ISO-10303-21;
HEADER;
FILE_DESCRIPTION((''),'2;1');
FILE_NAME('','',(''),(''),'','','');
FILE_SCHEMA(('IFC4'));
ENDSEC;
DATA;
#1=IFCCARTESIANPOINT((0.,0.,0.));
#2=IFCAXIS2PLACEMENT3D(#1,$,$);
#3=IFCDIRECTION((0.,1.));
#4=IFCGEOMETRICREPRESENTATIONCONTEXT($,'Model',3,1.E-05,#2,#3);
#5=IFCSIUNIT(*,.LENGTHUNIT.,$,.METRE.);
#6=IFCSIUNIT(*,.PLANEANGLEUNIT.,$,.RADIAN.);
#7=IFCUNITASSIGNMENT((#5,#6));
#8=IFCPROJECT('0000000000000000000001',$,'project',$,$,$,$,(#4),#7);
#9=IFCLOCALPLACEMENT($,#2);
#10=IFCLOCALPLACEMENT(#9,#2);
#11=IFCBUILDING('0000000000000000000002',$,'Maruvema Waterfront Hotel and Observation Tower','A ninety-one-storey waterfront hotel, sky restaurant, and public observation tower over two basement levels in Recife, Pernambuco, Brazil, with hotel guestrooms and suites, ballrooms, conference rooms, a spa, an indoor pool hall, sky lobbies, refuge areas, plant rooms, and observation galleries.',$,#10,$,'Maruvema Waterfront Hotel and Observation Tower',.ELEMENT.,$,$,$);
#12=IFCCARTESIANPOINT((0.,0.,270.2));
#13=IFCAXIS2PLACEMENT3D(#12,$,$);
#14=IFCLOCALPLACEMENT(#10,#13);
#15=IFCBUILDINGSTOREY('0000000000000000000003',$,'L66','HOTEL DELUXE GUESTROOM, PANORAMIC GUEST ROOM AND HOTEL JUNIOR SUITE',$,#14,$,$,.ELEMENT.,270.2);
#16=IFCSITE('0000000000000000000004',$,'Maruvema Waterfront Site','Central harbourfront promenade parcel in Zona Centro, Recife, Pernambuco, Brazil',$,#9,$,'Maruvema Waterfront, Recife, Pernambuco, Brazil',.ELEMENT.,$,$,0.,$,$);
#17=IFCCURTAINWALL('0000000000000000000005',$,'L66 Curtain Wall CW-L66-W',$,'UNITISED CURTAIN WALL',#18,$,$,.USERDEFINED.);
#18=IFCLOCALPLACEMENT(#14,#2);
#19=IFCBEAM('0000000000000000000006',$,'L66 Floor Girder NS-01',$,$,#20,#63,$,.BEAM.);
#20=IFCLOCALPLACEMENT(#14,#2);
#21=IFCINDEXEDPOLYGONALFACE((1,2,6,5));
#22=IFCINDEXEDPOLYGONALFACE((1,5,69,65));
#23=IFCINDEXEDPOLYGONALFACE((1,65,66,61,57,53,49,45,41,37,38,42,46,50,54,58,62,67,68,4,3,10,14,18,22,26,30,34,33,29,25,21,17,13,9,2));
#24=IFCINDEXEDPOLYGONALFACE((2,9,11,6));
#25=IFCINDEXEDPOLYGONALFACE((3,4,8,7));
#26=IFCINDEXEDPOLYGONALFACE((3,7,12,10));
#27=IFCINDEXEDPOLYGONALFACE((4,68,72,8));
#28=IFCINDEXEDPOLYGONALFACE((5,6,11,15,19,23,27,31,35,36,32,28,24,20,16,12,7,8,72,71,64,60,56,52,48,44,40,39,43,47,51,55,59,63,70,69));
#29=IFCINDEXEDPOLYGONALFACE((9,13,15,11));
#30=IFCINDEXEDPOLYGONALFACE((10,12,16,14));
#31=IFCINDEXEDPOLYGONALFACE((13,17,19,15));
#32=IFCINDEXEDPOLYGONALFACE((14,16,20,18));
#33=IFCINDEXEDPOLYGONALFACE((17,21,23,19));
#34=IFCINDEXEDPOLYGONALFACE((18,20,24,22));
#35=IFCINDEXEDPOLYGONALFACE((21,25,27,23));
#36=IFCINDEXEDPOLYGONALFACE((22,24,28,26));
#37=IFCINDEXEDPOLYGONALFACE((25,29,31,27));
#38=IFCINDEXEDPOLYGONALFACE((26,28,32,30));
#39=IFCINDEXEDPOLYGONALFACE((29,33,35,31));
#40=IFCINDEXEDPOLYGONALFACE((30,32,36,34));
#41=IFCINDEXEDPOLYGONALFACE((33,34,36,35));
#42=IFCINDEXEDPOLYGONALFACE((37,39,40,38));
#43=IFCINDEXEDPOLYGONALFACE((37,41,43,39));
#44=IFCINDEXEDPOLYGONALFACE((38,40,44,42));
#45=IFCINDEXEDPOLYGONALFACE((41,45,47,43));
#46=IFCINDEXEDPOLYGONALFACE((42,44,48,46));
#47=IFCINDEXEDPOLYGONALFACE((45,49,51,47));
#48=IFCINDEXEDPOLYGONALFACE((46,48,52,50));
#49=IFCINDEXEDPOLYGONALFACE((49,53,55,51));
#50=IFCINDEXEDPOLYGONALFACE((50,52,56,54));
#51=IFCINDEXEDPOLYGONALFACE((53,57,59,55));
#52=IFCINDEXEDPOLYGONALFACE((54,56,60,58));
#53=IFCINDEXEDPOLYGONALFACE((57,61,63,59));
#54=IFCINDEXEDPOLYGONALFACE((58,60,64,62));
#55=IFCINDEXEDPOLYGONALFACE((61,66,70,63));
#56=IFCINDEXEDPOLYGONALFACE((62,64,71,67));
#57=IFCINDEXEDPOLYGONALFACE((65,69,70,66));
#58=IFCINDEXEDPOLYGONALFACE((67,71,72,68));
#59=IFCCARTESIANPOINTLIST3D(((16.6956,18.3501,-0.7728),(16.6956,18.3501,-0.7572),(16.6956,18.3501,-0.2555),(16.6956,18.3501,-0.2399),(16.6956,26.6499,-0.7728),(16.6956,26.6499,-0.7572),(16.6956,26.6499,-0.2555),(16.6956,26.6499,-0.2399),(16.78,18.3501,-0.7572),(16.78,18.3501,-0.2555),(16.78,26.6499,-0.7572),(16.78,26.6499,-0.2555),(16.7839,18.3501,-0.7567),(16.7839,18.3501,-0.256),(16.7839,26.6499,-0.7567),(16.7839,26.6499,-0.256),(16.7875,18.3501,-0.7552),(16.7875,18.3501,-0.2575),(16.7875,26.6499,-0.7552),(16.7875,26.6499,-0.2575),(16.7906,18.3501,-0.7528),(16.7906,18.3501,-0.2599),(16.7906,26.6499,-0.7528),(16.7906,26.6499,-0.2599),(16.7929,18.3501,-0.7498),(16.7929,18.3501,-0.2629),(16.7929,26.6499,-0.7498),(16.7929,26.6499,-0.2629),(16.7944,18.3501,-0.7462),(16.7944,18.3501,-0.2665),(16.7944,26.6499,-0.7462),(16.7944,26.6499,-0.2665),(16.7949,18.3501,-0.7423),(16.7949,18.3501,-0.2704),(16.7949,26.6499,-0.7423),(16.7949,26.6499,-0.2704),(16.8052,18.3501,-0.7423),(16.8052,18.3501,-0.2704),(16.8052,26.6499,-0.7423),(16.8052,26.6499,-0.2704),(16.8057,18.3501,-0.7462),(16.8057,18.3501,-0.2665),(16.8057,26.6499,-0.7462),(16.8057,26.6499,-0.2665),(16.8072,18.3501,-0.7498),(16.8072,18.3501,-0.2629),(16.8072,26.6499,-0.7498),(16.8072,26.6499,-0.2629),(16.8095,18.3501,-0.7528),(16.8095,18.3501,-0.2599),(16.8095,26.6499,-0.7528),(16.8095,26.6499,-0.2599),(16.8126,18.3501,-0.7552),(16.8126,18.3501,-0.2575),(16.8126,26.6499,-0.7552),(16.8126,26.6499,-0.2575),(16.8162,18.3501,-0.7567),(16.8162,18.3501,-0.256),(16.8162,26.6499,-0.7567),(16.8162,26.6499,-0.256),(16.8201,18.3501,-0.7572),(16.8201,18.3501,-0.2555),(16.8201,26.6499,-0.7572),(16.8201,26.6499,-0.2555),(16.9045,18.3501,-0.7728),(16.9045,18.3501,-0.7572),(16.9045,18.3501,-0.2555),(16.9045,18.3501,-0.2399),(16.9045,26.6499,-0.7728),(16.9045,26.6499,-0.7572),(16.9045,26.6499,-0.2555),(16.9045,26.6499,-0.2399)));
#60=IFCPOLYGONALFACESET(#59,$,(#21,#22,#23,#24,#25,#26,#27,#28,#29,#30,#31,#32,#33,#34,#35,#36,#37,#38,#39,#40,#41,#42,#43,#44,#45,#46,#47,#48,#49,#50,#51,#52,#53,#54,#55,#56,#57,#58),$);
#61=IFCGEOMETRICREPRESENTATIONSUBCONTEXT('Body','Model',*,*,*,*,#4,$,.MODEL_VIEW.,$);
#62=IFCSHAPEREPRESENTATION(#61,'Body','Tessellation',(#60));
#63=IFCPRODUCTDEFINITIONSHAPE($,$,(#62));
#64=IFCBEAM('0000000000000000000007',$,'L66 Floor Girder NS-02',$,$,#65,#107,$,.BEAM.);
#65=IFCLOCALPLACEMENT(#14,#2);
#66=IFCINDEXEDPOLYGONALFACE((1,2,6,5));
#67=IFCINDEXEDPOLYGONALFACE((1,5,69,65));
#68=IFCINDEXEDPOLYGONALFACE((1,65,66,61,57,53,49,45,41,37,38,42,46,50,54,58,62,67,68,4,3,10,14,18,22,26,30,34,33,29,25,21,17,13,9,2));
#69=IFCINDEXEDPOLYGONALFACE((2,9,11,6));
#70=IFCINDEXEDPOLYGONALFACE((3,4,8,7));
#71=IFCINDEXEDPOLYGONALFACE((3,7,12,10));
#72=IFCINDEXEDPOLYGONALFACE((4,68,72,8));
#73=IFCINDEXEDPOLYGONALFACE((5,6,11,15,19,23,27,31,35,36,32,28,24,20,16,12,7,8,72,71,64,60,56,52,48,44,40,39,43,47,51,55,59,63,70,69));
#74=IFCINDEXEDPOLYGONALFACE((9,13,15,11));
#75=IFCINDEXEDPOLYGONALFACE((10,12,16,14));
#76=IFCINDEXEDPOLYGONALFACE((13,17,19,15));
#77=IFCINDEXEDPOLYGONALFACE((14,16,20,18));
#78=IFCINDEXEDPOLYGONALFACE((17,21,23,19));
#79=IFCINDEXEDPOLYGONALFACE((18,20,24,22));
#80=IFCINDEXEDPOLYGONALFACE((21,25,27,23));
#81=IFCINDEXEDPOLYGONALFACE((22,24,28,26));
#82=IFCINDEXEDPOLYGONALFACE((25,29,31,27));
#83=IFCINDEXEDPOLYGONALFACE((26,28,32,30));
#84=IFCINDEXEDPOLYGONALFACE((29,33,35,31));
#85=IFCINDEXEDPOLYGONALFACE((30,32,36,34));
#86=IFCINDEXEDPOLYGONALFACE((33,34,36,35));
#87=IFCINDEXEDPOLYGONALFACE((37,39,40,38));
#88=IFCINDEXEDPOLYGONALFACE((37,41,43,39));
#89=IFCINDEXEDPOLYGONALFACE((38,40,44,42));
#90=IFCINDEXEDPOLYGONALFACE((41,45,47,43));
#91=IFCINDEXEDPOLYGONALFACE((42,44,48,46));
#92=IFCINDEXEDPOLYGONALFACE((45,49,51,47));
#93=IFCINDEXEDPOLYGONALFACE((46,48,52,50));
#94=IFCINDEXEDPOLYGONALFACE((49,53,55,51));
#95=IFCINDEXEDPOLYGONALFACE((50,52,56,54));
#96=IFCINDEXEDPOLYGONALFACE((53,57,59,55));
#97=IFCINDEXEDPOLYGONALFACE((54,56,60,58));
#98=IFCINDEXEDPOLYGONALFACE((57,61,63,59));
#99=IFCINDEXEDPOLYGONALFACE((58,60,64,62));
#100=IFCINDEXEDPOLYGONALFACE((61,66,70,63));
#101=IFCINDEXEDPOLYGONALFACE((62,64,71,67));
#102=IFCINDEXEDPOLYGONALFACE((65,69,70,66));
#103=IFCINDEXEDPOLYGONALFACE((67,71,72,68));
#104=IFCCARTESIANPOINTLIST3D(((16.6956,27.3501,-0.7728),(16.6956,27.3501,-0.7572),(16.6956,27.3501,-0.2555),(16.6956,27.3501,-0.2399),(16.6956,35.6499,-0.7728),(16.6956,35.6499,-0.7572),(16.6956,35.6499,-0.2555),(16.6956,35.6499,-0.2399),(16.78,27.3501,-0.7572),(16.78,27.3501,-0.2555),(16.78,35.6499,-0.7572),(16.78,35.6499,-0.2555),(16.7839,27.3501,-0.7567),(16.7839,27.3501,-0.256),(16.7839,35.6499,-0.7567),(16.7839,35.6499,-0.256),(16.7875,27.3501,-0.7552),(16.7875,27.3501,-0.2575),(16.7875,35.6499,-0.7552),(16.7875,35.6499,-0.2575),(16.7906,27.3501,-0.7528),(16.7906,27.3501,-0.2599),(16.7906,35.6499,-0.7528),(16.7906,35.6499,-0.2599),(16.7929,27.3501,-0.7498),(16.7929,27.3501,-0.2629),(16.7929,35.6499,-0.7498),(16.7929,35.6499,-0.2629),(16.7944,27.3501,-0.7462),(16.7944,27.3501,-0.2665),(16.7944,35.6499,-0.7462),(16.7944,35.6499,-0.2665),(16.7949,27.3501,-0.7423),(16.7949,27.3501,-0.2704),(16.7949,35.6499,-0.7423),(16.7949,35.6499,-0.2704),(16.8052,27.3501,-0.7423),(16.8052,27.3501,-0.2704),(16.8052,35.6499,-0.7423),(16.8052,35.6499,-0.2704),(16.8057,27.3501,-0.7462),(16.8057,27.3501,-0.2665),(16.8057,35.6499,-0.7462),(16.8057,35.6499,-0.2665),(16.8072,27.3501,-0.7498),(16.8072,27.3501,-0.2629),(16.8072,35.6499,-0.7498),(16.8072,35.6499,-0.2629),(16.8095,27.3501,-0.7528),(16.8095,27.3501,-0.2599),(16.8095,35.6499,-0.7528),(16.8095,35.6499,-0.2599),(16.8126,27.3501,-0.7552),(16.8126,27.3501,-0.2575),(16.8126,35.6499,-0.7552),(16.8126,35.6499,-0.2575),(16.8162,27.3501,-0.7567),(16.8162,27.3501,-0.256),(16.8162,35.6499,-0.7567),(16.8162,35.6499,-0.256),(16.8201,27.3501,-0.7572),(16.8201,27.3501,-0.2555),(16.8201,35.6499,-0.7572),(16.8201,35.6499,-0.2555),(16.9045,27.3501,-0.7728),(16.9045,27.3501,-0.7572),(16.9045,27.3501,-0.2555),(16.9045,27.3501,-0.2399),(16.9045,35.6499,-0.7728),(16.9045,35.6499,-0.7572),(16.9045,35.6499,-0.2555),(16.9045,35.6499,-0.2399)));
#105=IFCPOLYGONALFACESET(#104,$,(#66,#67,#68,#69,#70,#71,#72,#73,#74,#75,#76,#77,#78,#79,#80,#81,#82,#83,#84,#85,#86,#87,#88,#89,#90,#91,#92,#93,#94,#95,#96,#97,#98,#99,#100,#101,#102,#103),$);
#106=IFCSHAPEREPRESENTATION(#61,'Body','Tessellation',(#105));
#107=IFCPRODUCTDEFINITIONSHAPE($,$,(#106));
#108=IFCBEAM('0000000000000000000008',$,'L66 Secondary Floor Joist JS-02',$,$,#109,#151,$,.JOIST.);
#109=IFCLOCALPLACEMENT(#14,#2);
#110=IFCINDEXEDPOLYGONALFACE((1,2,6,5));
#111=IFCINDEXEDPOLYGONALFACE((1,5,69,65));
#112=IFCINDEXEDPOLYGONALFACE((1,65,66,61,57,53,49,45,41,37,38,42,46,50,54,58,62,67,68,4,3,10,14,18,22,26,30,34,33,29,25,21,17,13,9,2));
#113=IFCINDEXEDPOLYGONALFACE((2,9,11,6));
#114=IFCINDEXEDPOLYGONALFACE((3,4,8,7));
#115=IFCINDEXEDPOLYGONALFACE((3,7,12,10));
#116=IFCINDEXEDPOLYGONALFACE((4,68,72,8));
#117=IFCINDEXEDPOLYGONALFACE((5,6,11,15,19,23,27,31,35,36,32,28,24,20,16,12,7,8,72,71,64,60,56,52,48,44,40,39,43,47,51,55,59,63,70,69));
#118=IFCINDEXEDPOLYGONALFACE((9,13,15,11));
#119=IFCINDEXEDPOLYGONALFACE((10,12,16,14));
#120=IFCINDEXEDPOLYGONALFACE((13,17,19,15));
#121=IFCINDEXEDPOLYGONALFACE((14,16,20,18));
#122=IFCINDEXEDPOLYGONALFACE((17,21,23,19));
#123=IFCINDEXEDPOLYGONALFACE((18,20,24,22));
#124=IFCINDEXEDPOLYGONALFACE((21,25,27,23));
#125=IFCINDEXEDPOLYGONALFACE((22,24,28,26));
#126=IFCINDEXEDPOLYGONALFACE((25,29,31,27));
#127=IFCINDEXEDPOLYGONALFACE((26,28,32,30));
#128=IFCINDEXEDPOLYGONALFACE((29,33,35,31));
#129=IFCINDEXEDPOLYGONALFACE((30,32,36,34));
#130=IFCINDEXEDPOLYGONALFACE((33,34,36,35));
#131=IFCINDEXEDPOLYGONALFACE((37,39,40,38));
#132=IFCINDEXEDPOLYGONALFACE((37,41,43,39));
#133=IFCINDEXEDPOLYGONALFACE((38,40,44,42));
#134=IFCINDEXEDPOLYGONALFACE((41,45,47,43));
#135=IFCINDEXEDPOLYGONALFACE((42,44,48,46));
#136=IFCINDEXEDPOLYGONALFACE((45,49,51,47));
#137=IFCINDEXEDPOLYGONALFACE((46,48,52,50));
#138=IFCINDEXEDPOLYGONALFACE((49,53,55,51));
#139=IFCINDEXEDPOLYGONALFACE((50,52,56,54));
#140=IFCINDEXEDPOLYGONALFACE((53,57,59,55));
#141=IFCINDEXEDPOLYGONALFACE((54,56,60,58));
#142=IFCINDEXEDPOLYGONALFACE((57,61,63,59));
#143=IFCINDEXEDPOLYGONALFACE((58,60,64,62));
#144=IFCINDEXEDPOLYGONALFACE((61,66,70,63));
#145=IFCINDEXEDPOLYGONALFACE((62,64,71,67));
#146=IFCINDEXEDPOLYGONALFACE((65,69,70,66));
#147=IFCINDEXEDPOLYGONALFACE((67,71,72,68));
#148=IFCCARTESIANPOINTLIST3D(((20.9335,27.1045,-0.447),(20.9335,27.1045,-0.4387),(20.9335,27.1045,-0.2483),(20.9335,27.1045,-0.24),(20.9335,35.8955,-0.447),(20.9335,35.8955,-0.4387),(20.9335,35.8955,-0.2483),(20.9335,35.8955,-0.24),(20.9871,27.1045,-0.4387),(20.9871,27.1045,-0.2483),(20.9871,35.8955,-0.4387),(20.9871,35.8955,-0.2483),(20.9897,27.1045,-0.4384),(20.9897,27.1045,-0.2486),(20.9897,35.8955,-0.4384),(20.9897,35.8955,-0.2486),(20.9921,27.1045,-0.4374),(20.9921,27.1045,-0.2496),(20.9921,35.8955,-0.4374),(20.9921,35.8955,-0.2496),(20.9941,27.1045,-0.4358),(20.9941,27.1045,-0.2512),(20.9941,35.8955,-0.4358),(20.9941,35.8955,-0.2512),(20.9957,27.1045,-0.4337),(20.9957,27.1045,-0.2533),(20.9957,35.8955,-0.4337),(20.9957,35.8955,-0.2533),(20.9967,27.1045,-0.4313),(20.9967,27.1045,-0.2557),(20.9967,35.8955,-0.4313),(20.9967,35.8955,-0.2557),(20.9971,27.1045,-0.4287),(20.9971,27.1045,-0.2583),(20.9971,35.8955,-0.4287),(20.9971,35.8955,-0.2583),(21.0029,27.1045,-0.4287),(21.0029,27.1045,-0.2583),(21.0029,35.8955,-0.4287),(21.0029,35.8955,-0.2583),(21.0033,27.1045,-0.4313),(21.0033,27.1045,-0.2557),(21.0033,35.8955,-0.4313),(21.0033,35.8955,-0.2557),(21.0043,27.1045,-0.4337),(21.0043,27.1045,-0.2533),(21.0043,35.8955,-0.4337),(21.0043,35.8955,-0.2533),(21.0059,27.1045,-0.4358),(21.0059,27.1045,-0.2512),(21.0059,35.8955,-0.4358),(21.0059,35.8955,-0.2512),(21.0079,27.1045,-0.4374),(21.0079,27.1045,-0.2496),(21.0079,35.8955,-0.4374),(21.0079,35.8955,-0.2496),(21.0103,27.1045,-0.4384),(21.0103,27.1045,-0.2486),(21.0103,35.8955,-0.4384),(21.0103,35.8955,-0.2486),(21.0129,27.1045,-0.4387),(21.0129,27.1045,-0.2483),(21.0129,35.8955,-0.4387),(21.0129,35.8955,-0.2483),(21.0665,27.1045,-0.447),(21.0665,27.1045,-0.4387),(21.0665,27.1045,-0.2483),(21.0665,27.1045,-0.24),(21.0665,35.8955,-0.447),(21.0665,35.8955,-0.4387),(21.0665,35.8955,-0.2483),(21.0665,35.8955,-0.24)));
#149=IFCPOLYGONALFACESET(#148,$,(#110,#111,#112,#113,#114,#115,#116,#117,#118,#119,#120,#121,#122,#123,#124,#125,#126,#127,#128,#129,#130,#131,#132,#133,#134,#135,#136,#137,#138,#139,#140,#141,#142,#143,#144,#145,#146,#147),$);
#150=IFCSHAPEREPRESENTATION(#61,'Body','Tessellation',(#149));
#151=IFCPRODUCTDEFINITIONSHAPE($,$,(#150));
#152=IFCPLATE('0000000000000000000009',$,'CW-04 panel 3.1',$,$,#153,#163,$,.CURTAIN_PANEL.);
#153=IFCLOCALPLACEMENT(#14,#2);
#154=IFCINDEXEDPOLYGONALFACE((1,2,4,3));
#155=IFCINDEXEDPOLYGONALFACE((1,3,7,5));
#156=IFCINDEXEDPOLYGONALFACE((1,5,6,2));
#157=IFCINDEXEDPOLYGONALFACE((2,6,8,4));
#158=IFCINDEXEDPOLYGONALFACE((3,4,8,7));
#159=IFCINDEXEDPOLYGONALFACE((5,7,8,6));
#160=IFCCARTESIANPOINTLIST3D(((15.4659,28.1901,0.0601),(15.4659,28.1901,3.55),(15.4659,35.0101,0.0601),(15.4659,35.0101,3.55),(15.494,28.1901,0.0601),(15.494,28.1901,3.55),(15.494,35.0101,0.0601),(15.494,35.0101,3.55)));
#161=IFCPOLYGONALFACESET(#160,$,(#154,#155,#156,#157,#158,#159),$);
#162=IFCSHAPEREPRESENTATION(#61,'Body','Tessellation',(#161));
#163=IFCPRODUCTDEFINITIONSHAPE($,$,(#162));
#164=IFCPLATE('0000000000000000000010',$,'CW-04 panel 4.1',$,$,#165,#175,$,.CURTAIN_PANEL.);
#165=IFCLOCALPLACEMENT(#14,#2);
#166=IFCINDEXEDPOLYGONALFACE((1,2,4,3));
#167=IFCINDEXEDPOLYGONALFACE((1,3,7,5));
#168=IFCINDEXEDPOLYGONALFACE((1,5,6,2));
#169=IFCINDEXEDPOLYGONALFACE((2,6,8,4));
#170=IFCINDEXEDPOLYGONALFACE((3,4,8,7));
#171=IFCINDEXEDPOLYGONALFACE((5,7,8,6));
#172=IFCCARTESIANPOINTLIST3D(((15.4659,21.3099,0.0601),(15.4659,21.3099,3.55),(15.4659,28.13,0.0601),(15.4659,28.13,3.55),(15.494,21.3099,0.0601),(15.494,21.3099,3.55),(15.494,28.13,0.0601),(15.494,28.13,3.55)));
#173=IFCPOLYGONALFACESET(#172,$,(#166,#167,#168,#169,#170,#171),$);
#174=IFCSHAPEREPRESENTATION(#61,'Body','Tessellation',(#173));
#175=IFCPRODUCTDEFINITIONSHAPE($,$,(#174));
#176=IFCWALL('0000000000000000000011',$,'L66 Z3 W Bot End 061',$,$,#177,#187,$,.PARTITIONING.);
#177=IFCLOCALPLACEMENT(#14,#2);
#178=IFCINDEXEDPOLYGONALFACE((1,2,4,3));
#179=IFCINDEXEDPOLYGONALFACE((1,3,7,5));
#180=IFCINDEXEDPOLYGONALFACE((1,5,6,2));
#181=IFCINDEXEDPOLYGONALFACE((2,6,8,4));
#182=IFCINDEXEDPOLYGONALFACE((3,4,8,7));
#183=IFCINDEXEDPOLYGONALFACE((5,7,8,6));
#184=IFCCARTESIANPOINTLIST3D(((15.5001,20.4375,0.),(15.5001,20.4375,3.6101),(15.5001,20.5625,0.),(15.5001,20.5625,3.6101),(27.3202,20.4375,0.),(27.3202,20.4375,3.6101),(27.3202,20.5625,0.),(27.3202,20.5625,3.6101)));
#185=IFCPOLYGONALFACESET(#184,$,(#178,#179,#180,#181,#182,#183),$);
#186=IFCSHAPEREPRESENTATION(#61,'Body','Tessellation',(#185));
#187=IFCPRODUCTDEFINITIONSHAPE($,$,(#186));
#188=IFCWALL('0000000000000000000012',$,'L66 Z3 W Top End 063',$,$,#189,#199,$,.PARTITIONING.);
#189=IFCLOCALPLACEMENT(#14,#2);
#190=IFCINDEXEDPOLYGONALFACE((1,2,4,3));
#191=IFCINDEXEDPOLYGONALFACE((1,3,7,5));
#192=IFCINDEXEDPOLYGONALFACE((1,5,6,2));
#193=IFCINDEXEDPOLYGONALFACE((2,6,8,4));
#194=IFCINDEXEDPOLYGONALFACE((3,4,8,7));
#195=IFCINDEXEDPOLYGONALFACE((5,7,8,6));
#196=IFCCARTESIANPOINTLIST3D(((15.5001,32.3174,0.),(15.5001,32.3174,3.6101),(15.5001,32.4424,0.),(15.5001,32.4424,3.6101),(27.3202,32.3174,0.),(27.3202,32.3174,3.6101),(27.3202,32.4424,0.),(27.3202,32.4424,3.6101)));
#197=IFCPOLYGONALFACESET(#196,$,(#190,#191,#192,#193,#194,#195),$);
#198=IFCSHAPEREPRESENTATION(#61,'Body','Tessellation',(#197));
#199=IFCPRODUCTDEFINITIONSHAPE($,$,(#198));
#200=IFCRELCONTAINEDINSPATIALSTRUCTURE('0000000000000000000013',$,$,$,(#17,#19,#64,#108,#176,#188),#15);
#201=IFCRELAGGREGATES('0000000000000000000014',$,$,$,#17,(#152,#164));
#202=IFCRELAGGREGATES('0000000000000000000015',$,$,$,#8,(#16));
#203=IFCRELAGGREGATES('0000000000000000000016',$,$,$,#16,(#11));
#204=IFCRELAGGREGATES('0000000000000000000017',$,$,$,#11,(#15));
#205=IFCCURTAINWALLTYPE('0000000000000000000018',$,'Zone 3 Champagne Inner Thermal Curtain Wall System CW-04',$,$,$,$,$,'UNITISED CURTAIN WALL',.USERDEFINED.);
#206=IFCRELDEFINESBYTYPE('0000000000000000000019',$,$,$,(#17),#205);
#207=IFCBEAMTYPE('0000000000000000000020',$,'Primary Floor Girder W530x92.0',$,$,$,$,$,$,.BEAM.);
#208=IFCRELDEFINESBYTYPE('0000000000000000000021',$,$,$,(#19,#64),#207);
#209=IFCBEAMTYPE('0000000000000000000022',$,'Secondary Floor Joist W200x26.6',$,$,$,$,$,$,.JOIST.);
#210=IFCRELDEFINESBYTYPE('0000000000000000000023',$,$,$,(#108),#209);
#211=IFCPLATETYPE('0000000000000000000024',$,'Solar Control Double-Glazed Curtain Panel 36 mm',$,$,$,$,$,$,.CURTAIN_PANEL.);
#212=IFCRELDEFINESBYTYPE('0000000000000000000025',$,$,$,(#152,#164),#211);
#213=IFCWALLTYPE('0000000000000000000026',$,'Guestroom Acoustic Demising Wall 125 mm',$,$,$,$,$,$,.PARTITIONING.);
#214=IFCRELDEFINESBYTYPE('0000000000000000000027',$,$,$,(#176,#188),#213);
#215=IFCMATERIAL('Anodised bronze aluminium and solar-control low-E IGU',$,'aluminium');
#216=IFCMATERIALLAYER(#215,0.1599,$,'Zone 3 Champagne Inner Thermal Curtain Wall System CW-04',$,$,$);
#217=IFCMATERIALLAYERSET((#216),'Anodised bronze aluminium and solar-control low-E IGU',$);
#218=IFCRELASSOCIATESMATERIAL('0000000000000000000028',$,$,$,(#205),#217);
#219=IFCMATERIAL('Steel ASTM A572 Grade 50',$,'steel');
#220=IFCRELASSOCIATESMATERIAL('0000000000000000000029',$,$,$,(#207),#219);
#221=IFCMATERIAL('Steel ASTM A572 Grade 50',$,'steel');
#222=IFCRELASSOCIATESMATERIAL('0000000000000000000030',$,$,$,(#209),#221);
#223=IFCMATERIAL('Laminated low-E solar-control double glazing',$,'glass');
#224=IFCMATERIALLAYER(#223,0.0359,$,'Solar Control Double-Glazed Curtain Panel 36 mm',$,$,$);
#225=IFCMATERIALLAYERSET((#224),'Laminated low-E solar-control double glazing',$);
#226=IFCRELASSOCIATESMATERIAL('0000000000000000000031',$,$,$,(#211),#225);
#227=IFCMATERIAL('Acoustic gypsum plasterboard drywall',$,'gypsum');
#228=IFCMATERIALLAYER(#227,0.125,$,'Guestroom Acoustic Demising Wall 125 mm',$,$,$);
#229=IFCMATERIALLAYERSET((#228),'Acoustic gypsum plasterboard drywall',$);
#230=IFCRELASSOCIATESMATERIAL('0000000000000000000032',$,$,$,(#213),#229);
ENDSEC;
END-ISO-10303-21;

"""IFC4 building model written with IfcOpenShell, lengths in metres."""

from ifc_helpers import new_model, si_unit, direction, frame, frame_2d, origin, origin_2d, place, context, subcontext, project, spatial, rectangle, i_section, extrude, material, layer, layer_set, material_profile, profile_set, type_object, element, aggregate, save


model = new_model("IFC4")

# Units and contexts
model_context = context("Model", 3, precision=1e-05, world=origin(), true_north=direction((0.0, 1.0)))
body_context = subcontext(model_context, "Body", "Model", "MODEL_VIEW")
ifc_project = project(units=[si_unit("LENGTHUNIT", "METRE"), si_unit("PLANEANGLEUNIT", "RADIAN")], contexts=[model_context])

# Site, building, storey
site_placement = place(None, origin())
site = spatial("IfcSite", under=ifc_project, at=site_placement, Name="Maruvema Waterfront Site", Description="Central harbourfront promenade parcel in Zona Centro, Recife, Pernambuco, Brazil", LongName="Maruvema Waterfront, Recife, Pernambuco, Brazil", CompositionType="ELEMENT", RefElevation=0.0)
building_placement = place(site_placement, origin())
building = spatial("IfcBuilding", under=site, at=building_placement, Name="Maruvema Waterfront Hotel and Observation Tower", Description="A ninety-one-storey waterfront hotel, sky restaurant, and public observation tower over two basement levels in Recife, Pernambuco, Brazil, with hotel guestrooms and suites, ballrooms, conference rooms, a spa, an indoor pool hall, sky lobbies, refuge areas, plant rooms, and observation galleries.", LongName="Maruvema Waterfront Hotel and Observation Tower", CompositionType="ELEMENT")
storey_placement = place(building_placement, frame((0.0, 0.0, 270.2)))
storey = spatial("IfcBuildingStorey", under=building, at=storey_placement, Name="L66", Description="HOTEL DELUXE GUESTROOM, PANORAMIC GUEST ROOM AND HOTEL JUNIOR SUITE", CompositionType="ELEMENT", Elevation=270.2)

# Curtain wall
ifc_material_1 = material(Name="Anodised bronze aluminium and solar-control low-E IGU", Category="aluminium")
ifc_layer_1 = layer(ifc_material_1, 0.1599, Name="Zone 3 Champagne Inner Thermal Curtain Wall System CW-04")
ifc_layer_set_1 = layer_set([ifc_layer_1], Name="Anodised bronze aluminium and solar-control low-E IGU")
curtain_wall_type = type_object("IfcCurtainWallType", Name="Zone 3 Champagne Inner Thermal Curtain Wall System CW-04", ElementType="UNITISED CURTAIN WALL", PredefinedType="USERDEFINED", material=ifc_layer_set_1)
curtain_wall_placement = place(storey_placement, origin())
curtain_wall = element("IfcCurtainWall", 1, at=curtain_wall_placement, inside=storey, type_object=curtain_wall_type, Name="L66 Curtain Wall CW-L66-W", ObjectType="UNITISED CURTAIN WALL", PredefinedType="USERDEFINED")

# Beams
ifc_material_2 = material(Name="Steel ASTM A572 Grade 50", Category="steel")
ifc_material_profile_1 = material_profile(ifc_material_2, i_section(OverallWidth=0.209, OverallDepth=0.533, WebThickness=0.0103, FlangeThickness=0.0156, FilletRadius=0.0149, at=origin_2d()), Name="W530x92.0")
ifc_profile_set_1 = profile_set([ifc_material_profile_1], Name="Steel ASTM A572 Grade 50")
beam_type_1 = type_object("IfcBeamType", Name="Primary Floor Girder W530x92.0", PredefinedType="BEAM", material=ifc_profile_set_1)
for number, where, z_axis, x_axis, name in (
    (2, (16.8, 18.3501, -0.5063), (0.0, 1.0, 0.0), (-1.0, 0.0, 0.0), "L66 Floor Girder NS-01"),
    (3, (16.8, 27.3501, -0.5063), (0.0, 1.0, 0.0), (-1.0, 0.0, 0.0), "L66 Floor Girder NS-02"),
):
    element("IfcBeam", number, at=place(storey_placement, frame(where, z_axis=z_axis, x_axis=x_axis)), inside=storey, type_object=beam_type_1, Name=name, PredefinedType="BEAM", context=body_context, shape_type="SweptSolid", body=[
        extrude(i_section(OverallWidth=0.209, OverallDepth=0.533, WebThickness=0.0103, FlangeThickness=0.0156, FilletRadius=0.0149, at=origin_2d()), origin(), (0.0, 0.0, 1.0), 8.2998),
    ])
ifc_material_3 = material(Name="Steel ASTM A572 Grade 50", Category="steel")
ifc_material_profile_2 = material_profile(ifc_material_3, i_section(OverallWidth=0.1331, OverallDepth=0.207, WebThickness=0.0059, FlangeThickness=0.0083, FilletRadius=0.01, at=origin_2d()), Name="W200x26.6")
ifc_profile_set_2 = profile_set([ifc_material_profile_2], Name="Steel ASTM A572 Grade 50")
beam_type_2 = type_object("IfcBeamType", Name="Secondary Floor Joist W200x26.6", PredefinedType="JOIST", material=ifc_profile_set_2)
beam_1_placement = place(storey_placement, frame((21.0, 27.1045, -0.3435), z_axis=(0.0, 1.0, 0.0), x_axis=(-1.0, 0.0, 0.0)))
element("IfcBeam", 4, at=beam_1_placement, inside=storey, type_object=beam_type_2, Name="L66 Secondary Floor Joist JS-02", PredefinedType="JOIST", context=body_context, shape_type="SweptSolid", body=[
    extrude(i_section(OverallWidth=0.1331, OverallDepth=0.207, WebThickness=0.0059, FlangeThickness=0.0083, FilletRadius=0.01, at=origin_2d()), origin(), (0.0, 0.0, 1.0), 8.791),
])

# Plates
ifc_material_4 = material(Name="Laminated low-E solar-control double glazing", Category="glass")
ifc_layer_2 = layer(ifc_material_4, 0.0359, Name="Solar Control Double-Glazed Curtain Panel 36 mm")
ifc_layer_set_2 = layer_set([ifc_layer_2], Name="Laminated low-E solar-control double glazing")
plate_type = type_object("IfcPlateType", Name="Solar Control Double-Glazed Curtain Panel 36 mm", PredefinedType="CURTAIN_PANEL", material=ifc_layer_set_2)
plate_1_placement = place(storey_placement, frame((15.48, 31.6001, 0.0601), z_axis=(0.0, 0.0, 1.0), x_axis=(0.0, -1.0, 0.0)))
plate_1 = element("IfcPlate", 5, at=plate_1_placement, type_object=plate_type, Name="CW-04 panel 3.1", PredefinedType="CURTAIN_PANEL", context=body_context, shape_type="SweptSolid", body=[
    extrude(rectangle(XDim=6.8201, YDim=0.0281, at=origin_2d()), origin(), (0.0, 0.0, 1.0), 3.49),
])
plate_2_placement = place(storey_placement, frame((15.48, 24.72, 0.0601), z_axis=(0.0, 0.0, 1.0), x_axis=(0.0, -1.0, 0.0)))
plate_2 = element("IfcPlate", 6, at=plate_2_placement, type_object=plate_type, Name="CW-04 panel 4.1", PredefinedType="CURTAIN_PANEL", context=body_context, shape_type="SweptSolid", body=[
    extrude(rectangle(XDim=6.8201, YDim=0.0281, at=origin_2d()), origin(), (0.0, 0.0, 1.0), 3.49),
])
aggregate(curtain_wall, [plate_1, plate_2])

# Walls
ifc_material_5 = material(Name="Acoustic gypsum plasterboard drywall", Category="gypsum")
ifc_layer_3 = layer(ifc_material_5, 0.125, Name="Guestroom Acoustic Demising Wall 125 mm")
ifc_layer_set_3 = layer_set([ifc_layer_3], Name="Acoustic gypsum plasterboard drywall")
wall_type_1 = type_object("IfcWallType", Name="Guestroom Acoustic Demising Wall 125 mm", PredefinedType="PARTITIONING", material=ifc_layer_set_3)
for number, where, z_axis, x_axis, name in (
    (7, (15.5, 20.5, 0.0), (0.0, 0.0, 1.0), (1.0, 0.0, 0.0), "L66 Z3 W Bot End 061"),
    (8, (15.5, 32.3799, 0.0), (0.0, 0.0, 1.0), (1.0, 0.0, 0.0), "L66 Z3 W Top End 063"),
):
    element("IfcWall", number, at=place(storey_placement, frame(where, z_axis=z_axis, x_axis=x_axis)), inside=storey, type_object=wall_type_1, Name=name, PredefinedType="PARTITIONING", context=body_context, shape_type="SweptSolid", body=[
        extrude(rectangle(XDim=11.8201, YDim=0.125, at=frame_2d((5.9102, 0.0))), origin(), (0.0, 0.0, 1.0), 3.6101),
    ])

save(model, "model.ifc")
